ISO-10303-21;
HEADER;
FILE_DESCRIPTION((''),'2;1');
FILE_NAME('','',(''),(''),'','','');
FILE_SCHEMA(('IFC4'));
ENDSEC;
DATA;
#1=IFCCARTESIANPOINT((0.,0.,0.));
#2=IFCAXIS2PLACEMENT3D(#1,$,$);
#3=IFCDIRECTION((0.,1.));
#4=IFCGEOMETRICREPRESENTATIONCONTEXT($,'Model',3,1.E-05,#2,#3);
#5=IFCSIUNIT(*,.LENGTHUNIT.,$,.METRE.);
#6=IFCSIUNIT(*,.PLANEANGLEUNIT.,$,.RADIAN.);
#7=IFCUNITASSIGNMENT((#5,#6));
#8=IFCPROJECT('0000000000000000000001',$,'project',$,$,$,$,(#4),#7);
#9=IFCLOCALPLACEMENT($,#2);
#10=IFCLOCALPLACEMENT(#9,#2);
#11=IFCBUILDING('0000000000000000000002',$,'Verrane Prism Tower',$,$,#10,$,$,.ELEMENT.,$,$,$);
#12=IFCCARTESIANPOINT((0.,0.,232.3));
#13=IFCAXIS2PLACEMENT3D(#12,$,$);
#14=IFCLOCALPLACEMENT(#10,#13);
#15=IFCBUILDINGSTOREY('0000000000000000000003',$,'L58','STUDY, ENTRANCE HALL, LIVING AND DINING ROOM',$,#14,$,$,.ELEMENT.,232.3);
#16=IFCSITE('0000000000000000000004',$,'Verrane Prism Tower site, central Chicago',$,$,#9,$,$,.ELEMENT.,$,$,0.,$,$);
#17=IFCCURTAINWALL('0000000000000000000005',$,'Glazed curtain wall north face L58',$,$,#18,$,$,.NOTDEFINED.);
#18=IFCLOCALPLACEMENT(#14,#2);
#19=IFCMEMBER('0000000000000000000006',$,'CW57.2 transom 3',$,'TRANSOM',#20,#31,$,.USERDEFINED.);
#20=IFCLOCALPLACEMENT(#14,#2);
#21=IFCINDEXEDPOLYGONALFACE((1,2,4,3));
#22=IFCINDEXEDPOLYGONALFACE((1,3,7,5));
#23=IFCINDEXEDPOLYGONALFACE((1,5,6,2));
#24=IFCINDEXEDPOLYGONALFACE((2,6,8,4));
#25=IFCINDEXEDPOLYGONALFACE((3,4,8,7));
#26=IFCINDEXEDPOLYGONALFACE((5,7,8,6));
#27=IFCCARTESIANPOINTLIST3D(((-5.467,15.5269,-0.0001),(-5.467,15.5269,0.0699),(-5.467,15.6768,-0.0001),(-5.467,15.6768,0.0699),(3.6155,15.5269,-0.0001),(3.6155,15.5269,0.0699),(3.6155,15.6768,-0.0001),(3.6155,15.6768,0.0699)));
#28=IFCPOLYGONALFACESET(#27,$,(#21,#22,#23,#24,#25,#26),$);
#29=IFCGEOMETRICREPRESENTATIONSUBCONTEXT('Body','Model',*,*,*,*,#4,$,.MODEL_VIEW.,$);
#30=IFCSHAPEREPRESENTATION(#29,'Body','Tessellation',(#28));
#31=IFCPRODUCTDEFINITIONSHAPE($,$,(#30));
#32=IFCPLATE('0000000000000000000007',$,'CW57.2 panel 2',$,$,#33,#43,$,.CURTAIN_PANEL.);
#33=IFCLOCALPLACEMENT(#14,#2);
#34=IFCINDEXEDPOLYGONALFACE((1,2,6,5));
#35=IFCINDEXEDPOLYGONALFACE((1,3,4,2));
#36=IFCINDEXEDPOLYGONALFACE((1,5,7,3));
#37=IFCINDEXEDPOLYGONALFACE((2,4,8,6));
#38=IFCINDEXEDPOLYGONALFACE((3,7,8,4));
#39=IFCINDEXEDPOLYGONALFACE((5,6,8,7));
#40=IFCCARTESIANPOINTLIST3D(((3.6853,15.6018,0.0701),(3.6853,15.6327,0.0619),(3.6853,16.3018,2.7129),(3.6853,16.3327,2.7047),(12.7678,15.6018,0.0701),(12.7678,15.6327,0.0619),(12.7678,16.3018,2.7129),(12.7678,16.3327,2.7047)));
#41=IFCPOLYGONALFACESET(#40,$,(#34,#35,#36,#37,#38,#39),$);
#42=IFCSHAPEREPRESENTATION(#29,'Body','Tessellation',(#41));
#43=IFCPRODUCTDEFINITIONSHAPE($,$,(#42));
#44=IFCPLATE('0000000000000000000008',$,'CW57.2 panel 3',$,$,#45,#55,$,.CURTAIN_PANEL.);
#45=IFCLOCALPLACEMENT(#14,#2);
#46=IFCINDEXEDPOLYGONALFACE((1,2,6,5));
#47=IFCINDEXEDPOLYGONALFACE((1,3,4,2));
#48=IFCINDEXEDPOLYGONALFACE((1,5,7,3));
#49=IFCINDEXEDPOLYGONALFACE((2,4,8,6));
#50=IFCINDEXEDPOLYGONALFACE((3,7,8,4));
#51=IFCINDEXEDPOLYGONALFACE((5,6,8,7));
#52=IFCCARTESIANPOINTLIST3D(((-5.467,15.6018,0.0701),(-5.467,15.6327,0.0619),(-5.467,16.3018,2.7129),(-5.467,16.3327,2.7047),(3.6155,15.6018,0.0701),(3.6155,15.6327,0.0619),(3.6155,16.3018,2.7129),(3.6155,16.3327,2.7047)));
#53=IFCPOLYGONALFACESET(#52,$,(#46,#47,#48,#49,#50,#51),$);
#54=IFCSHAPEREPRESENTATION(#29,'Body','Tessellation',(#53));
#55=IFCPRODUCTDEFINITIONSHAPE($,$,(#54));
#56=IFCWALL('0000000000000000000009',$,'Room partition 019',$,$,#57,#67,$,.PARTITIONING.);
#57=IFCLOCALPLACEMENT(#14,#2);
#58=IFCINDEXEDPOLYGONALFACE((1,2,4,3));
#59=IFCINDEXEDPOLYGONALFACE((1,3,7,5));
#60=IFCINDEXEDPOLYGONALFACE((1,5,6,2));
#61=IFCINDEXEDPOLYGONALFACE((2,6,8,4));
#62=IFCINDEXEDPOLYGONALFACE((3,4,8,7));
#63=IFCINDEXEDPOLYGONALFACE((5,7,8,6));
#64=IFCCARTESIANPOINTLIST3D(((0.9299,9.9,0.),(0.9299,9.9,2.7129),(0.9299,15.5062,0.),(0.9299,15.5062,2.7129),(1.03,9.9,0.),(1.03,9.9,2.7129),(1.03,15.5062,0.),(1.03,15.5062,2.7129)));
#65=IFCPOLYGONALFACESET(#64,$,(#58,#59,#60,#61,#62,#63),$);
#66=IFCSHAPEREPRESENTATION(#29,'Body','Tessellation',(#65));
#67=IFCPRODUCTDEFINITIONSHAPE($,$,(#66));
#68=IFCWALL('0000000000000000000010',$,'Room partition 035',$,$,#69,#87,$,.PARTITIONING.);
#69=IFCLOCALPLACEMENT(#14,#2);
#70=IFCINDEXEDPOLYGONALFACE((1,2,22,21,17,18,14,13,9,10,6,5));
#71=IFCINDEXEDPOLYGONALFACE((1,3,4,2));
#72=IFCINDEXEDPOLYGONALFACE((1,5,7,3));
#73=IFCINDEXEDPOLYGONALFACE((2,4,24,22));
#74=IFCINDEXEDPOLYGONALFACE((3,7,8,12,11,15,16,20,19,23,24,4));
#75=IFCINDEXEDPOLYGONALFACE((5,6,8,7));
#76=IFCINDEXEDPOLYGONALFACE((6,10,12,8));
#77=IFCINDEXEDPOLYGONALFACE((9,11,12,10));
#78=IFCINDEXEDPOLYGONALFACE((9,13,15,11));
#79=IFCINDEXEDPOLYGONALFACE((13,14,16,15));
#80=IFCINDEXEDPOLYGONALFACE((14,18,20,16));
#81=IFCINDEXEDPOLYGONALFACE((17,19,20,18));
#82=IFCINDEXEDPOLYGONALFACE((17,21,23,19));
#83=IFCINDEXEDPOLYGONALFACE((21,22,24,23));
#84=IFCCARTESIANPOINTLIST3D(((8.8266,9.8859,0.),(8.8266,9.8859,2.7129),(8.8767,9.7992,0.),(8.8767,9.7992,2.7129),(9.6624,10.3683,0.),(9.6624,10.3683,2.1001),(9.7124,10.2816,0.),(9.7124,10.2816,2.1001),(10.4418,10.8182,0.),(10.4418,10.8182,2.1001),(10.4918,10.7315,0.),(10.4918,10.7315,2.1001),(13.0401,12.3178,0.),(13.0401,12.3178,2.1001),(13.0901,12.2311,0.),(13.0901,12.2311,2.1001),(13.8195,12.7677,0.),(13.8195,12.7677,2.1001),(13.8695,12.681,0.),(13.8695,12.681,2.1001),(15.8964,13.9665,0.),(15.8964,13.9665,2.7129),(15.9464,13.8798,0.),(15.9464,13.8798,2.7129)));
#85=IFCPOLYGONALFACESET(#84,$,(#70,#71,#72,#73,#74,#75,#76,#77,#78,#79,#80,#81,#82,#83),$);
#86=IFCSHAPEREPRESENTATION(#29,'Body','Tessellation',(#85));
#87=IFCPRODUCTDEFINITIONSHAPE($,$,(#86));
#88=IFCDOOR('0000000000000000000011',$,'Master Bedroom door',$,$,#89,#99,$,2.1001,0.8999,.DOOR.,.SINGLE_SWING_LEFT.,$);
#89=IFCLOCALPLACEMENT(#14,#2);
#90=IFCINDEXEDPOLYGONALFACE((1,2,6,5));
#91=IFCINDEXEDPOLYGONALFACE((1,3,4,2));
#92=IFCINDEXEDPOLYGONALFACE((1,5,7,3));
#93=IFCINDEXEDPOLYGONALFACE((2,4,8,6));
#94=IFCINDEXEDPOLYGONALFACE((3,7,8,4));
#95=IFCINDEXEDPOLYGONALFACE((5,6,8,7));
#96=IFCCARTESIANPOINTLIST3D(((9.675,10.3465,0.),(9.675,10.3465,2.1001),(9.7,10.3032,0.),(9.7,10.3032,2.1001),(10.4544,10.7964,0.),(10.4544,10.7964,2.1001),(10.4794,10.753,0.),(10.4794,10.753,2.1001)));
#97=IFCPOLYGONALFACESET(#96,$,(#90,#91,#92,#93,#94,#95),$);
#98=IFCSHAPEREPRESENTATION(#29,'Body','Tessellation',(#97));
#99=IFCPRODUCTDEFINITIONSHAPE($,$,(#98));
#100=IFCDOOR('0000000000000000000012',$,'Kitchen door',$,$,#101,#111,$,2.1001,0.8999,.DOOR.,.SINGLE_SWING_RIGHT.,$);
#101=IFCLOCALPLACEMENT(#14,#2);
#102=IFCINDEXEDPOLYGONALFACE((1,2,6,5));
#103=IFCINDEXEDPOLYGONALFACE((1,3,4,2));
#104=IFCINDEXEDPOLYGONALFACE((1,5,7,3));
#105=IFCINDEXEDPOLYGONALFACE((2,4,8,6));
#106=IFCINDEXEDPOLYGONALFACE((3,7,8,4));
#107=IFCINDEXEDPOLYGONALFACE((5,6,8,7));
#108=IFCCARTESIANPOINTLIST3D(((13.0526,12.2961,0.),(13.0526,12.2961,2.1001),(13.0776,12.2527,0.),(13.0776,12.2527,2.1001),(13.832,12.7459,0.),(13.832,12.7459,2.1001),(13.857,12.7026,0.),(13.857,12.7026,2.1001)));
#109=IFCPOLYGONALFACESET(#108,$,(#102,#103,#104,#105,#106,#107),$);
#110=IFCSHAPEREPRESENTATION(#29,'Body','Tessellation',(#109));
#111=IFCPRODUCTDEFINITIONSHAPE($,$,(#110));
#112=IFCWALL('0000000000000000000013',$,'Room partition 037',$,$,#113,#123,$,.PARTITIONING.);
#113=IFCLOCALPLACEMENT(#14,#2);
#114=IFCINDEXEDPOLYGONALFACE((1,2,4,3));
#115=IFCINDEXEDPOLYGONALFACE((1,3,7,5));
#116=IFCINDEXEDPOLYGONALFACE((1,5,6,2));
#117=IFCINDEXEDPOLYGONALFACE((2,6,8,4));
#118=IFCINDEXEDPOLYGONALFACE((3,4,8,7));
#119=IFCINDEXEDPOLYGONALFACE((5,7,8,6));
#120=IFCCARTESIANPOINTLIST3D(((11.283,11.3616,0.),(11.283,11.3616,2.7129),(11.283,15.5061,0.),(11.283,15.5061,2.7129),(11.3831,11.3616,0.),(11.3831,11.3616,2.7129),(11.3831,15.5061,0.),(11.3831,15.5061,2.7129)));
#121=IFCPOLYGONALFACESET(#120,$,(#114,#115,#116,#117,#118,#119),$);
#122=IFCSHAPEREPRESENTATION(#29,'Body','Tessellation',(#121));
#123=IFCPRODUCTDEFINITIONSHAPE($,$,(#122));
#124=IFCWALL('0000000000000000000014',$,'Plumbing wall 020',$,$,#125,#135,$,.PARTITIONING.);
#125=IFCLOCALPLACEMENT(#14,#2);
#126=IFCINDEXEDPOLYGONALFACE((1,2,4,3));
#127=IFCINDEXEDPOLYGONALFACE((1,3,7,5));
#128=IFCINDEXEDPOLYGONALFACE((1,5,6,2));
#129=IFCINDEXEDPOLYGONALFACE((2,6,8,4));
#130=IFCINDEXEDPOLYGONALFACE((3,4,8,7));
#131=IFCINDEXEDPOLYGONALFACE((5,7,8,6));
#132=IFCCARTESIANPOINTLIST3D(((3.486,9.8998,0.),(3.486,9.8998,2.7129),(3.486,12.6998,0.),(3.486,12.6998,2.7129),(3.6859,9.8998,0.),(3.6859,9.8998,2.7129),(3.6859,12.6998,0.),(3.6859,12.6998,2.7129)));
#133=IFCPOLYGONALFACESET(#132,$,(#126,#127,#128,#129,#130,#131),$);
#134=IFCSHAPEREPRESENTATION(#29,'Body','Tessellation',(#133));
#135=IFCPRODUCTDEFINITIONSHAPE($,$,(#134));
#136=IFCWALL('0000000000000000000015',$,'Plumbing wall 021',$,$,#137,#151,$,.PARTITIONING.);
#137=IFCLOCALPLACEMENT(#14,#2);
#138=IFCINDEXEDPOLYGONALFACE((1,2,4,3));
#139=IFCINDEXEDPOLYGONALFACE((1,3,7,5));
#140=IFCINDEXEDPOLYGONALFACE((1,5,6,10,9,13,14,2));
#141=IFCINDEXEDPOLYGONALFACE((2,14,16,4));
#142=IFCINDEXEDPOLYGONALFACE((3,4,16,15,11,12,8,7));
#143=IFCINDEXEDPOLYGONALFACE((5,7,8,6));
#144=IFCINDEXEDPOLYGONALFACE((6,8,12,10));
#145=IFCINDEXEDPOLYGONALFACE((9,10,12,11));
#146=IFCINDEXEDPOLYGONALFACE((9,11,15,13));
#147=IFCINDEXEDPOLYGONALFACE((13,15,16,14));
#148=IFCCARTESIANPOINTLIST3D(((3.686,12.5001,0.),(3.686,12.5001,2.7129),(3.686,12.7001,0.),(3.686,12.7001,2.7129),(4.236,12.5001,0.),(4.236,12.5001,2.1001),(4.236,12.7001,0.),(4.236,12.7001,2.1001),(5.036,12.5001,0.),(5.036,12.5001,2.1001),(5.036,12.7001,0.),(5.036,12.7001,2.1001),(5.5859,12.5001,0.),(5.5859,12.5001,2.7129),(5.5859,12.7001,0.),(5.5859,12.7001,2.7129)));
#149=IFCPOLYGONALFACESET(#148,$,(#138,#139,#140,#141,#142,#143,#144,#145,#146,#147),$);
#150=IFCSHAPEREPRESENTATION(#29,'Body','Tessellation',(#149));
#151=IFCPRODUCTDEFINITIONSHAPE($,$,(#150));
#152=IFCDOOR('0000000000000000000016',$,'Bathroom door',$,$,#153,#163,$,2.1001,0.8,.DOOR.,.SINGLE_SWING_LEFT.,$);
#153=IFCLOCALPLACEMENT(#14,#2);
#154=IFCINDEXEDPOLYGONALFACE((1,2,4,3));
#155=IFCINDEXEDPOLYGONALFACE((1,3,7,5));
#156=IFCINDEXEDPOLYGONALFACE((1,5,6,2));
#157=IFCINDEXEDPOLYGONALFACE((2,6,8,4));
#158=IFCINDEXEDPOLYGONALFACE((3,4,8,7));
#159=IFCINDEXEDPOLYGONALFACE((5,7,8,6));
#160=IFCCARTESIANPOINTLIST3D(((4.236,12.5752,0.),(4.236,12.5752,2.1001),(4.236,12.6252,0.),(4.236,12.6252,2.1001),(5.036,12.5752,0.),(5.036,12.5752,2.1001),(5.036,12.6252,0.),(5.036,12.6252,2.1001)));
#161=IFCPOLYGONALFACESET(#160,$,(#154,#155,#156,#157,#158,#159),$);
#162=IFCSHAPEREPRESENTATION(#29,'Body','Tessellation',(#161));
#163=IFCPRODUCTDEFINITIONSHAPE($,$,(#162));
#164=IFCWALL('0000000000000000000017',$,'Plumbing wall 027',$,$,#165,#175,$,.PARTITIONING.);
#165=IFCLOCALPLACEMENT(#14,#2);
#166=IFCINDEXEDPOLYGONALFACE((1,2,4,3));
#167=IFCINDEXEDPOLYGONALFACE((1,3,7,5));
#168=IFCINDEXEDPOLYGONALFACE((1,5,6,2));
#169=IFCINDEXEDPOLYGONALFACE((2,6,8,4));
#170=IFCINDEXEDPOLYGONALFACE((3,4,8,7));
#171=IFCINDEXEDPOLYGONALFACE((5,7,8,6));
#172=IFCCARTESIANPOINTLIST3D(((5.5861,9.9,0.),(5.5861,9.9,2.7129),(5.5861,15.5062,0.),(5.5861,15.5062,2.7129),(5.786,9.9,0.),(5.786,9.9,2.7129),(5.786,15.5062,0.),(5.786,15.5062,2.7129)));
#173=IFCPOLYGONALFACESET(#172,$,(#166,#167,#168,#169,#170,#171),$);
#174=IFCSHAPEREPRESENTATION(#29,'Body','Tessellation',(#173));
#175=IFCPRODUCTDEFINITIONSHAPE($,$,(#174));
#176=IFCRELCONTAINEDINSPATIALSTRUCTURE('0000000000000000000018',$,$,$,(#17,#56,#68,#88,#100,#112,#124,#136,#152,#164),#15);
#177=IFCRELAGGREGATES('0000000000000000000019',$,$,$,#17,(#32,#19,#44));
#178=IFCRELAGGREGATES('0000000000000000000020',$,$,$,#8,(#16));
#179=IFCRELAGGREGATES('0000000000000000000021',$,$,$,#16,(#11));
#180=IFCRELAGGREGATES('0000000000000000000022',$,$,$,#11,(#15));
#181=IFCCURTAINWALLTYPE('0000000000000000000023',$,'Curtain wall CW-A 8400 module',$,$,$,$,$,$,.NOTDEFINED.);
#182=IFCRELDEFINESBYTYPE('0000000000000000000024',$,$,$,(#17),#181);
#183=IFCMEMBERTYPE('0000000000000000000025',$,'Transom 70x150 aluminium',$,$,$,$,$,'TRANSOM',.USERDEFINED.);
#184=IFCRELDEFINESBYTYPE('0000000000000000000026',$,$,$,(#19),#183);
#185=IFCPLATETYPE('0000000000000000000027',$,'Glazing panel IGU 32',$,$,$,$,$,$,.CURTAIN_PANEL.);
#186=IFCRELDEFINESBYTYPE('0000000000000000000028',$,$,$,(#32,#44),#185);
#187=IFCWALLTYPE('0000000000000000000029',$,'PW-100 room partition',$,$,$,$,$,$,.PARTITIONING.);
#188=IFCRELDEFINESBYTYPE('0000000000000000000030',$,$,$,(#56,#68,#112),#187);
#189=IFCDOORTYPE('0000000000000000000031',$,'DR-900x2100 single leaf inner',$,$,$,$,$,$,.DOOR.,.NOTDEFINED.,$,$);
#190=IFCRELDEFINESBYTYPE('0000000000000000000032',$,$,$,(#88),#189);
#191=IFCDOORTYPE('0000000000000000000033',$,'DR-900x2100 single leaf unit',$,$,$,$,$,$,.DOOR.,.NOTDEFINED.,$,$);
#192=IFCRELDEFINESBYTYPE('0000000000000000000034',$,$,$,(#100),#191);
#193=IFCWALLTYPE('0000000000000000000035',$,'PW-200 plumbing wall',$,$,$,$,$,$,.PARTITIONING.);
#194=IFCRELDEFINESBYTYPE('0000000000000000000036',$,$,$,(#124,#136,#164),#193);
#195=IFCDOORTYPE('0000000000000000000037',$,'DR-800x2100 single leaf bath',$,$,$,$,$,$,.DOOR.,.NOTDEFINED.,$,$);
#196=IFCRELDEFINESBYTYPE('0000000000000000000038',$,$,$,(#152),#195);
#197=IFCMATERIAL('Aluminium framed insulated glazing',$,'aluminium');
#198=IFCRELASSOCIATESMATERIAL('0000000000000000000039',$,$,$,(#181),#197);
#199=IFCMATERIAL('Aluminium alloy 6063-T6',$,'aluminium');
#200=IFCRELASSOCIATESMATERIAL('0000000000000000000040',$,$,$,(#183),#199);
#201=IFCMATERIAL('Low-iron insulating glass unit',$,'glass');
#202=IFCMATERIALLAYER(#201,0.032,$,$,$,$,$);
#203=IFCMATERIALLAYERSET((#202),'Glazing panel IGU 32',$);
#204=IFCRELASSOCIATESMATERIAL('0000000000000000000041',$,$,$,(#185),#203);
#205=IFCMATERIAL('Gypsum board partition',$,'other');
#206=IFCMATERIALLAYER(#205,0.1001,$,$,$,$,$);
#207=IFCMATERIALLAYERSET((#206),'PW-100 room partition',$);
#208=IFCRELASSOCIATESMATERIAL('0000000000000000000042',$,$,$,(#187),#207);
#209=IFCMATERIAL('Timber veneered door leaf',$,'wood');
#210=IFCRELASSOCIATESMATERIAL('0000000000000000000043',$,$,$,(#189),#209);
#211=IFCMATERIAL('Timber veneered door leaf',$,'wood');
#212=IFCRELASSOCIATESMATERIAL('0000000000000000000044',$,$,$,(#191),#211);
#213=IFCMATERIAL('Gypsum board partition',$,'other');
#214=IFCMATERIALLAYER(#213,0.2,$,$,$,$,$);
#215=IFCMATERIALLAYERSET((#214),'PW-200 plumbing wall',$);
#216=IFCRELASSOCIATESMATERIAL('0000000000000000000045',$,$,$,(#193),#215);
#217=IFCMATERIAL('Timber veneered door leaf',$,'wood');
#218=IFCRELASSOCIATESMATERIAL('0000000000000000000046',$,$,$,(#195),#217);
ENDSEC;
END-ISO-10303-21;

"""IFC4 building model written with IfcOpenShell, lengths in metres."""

from ifc_helpers import new_model, si_unit, direction, frame, frame_2d, origin, origin_2d, place, context, subcontext, project, spatial, polyline, rectangle, outline, extrude, material, layer, layer_set, material_profile, profile_set, type_object, element, fill, aggregate, save


model = new_model("IFC4")

# Units and contexts
model_context = context("Model", 3, precision=1e-05, world=origin(), true_north=direction((0.0, 1.0)))
body_context = subcontext(model_context, "Body", "Model", "MODEL_VIEW")
ifc_project = project(units=[si_unit("LENGTHUNIT", "METRE"), si_unit("PLANEANGLEUNIT", "RADIAN")], contexts=[model_context])

# Site, building, storey
site_placement = place(None, origin())
site = spatial("IfcSite", under=ifc_project, at=site_placement, Name="Verrane Prism Tower site, central Chicago", CompositionType="ELEMENT", RefElevation=0.0)
building_placement = place(site_placement, origin())
building = spatial("IfcBuilding", under=site, at=building_placement, Name="Verrane Prism Tower", CompositionType="ELEMENT")
storey_placement = place(building_placement, frame((0.0, 0.0, 232.3)))
storey = spatial("IfcBuildingStorey", under=building, at=storey_placement, Name="L58", Description="STUDY, ENTRANCE HALL, LIVING AND DINING ROOM", CompositionType="ELEMENT", Elevation=232.3)

# Curtain wall
ifc_material_1 = material(Name="Aluminium framed insulated glazing", Category="aluminium")
curtain_wall_type = type_object("IfcCurtainWallType", Name="Curtain wall CW-A 8400 module", PredefinedType="NOTDEFINED", material=ifc_material_1)
curtain_wall_placement = place(storey_placement, origin())
curtain_wall = element("IfcCurtainWall", 1, at=curtain_wall_placement, inside=storey, type_object=curtain_wall_type, Name="Glazed curtain wall north face L58", PredefinedType="NOTDEFINED")

# Member
ifc_material_2 = material(Name="Aluminium alloy 6063-T6", Category="aluminium")
ifc_material_profile_1 = material_profile(ifc_material_2, rectangle(XDim=0.1499, YDim=0.0701, at=origin_2d()), Name="Transom 70x150 aluminium")
ifc_profile_set_1 = profile_set([ifc_material_profile_1], Name="Aluminium alloy 6063-T6")
member_type_1 = type_object("IfcMemberType", Name="Transom 70x150 aluminium", ElementType="TRANSOM", PredefinedType="USERDEFINED", material=ifc_profile_set_1)
member_1_placement = place(storey_placement, frame((3.6155, 15.6018, 0.0349), z_axis=(-1.0, 0.0, 0.0), x_axis=(0.0, -1.0, 0.0)))
member_1 = element("IfcMember", 2, at=member_1_placement, type_object=member_type_1, Name="CW57.2 transom 3", ObjectType="TRANSOM", PredefinedType="USERDEFINED", context=body_context, shape_type="SweptSolid", body=[
    extrude(rectangle(XDim=0.1499, YDim=0.0701, at=origin_2d()), origin(), (0.0, 0.0, 1.0), 9.0825),
])

# Plates
ifc_material_3 = material(Name="Low-iron insulating glass unit", Category="glass")
ifc_layer_1 = layer(ifc_material_3, 0.032)
ifc_layer_set_1 = layer_set([ifc_layer_1], Name="Glazing panel IGU 32")
plate_type = type_object("IfcPlateType", Name="Glazing panel IGU 32", PredefinedType="CURTAIN_PANEL", material=ifc_layer_set_1)
plate_1_placement = place(storey_placement, frame((12.7678, 15.6018, 0.0701), z_axis=(0.0, -0.966671, 0.256023), x_axis=(-1.0, 0.0, 0.0)))
plate_1 = element("IfcPlate", 3, at=plate_1_placement, type_object=plate_type, Name="CW57.2 panel 2", PredefinedType="CURTAIN_PANEL", context=body_context, shape_type="SweptSolid", body=[
    extrude(outline(polyline([(0.0, 0.0), (9.0825, 0.0), (9.0825, -2.7339), (0.0, -2.7339), (0.0, 0.0)])), origin(), (0.0, 0.0, -1.0), 0.032),
])
plate_2_placement = place(storey_placement, frame((3.6155, 15.6018, 0.0701), z_axis=(0.0, -0.966671, 0.256023), x_axis=(-1.0, 0.0, 0.0)))
plate_2 = element("IfcPlate", 4, at=plate_2_placement, type_object=plate_type, Name="CW57.2 panel 3", PredefinedType="CURTAIN_PANEL", context=body_context, shape_type="SweptSolid", body=[
    extrude(outline(polyline([(0.0, 0.0), (9.0825, 0.0), (9.0825, -2.7339), (0.0, -2.7339), (0.0, 0.0)])), origin(), (0.0, 0.0, -1.0), 0.032),
])
aggregate(curtain_wall, [plate_1, member_1, plate_2])

# Wall
ifc_material_4 = material(Name="Gypsum board partition", Category="other")
ifc_layer_2 = layer(ifc_material_4, 0.1001)
ifc_layer_set_2 = layer_set([ifc_layer_2], Name="PW-100 room partition")
wall_type_1 = type_object("IfcWallType", Name="PW-100 room partition", PredefinedType="PARTITIONING", material=ifc_layer_set_2)
wall_1_placement = place(storey_placement, frame((0.98, 9.8999, 0.0), z_axis=(0.0, 0.0, 1.0), x_axis=(0.0, 1.0, 0.0)))
element("IfcWall", 5, at=wall_1_placement, inside=storey, type_object=wall_type_1, Name="Room partition 019", PredefinedType="PARTITIONING", context=body_context, shape_type="SweptSolid", body=[
    extrude(rectangle(XDim=5.6062, YDim=0.1001, at=frame_2d((2.8032, 0.0))), origin(), (0.0, 0.0, 1.0), 2.7129),
])

# Wall, openings, doors
wall_2_placement = place(storey_placement, frame((8.8516, 9.8425, 0.0), z_axis=(0.0, 0.0, 1.0), x_axis=(0.866089, 0.49989, 0.0)))
wall_2 = element("IfcWall", 6, at=wall_2_placement, inside=storey, type_object=wall_type_1, Name="Room partition 035", PredefinedType="PARTITIONING", context=body_context, shape_type="SweptSolid", body=[
    extrude(rectangle(XDim=8.1628, YDim=0.1001, at=frame_2d((4.0815, 0.0))), origin(), (0.0, 0.0, 1.0), 2.7129),
])
opening_1_placement = place(wall_2_placement, frame((4.865, 0.0, 0.0)))
opening_1 = element("IfcOpeningElement", 7, at=opening_1_placement, cuts=wall_2, PredefinedType="OPENING", context=body_context, shape_type="SweptSolid", body=[
    extrude(rectangle(XDim=0.8999, YDim=2.1001, at=frame_2d((0.45, 1.05))), frame((0.0, 0.0601, 0.0), z_axis=(0.0, -1.0, 0.0), x_axis=(1.0, 0.0, 0.0)), (0.0, 0.0, 1.0), 0.1201),
])
opening_2_placement = place(wall_2_placement, frame((0.9651, 0.0, 0.0)))
opening_2 = element("IfcOpeningElement", 8, at=opening_2_placement, cuts=wall_2, PredefinedType="OPENING", context=body_context, shape_type="SweptSolid", body=[
    extrude(rectangle(XDim=0.8999, YDim=2.1001, at=frame_2d((0.45, 1.05))), frame((0.0, 0.0601, 0.0), z_axis=(0.0, -1.0, 0.0), x_axis=(1.0, 0.0, 0.0)), (0.0, 0.0, 1.0), 0.1201),
])
ifc_material_5 = material(Name="Timber veneered door leaf", Category="wood")
door_type_1 = type_object("IfcDoorType", Name="DR-900x2100 single leaf inner", OperationType="NOTDEFINED", PredefinedType="DOOR", material=ifc_material_5)
door_1_placement = place(opening_2_placement, origin())
door_1 = element("IfcDoor", 9, at=door_1_placement, inside=storey, type_object=door_type_1, Name="Master Bedroom door", OperationType="SINGLE_SWING_LEFT", OverallHeight=2.1001, OverallWidth=0.8999, PredefinedType="DOOR", context=body_context, shape_type="SweptSolid", body=[
    extrude(rectangle(XDim=0.8999, YDim=2.1001, at=frame_2d((0.45, 1.05))), frame((0.0, 0.0249, 0.0), z_axis=(0.0, -1.0, 0.0), x_axis=(1.0, 0.0, 0.0)), (0.0, 0.0, 1.0), 0.05),
])
fill(opening_2, door_1)
ifc_material_6 = material(Name="Timber veneered door leaf", Category="wood")
door_type_2 = type_object("IfcDoorType", Name="DR-900x2100 single leaf unit", OperationType="NOTDEFINED", PredefinedType="DOOR", material=ifc_material_6)
door_2_placement = place(opening_1_placement, origin())
door_2 = element("IfcDoor", 10, at=door_2_placement, inside=storey, type_object=door_type_2, Name="Kitchen door", OperationType="SINGLE_SWING_RIGHT", OverallHeight=2.1001, OverallWidth=0.8999, PredefinedType="DOOR", context=body_context, shape_type="SweptSolid", body=[
    extrude(rectangle(XDim=0.8999, YDim=2.1001, at=frame_2d((0.45, 1.05))), frame((0.0, 0.0249, 0.0), z_axis=(0.0, -1.0, 0.0), x_axis=(1.0, 0.0, 0.0)), (0.0, 0.0, 1.0), 0.05),
])
fill(opening_1, door_2)

# Walls
wall_3_placement = place(storey_placement, frame((11.333, 11.3616, 0.0), z_axis=(0.0, 0.0, 1.0), x_axis=(0.0, 1.0, 0.0)))
element("IfcWall", 11, at=wall_3_placement, inside=storey, type_object=wall_type_1, Name="Room partition 037", PredefinedType="PARTITIONING", context=body_context, shape_type="SweptSolid", body=[
    extrude(rectangle(XDim=4.1445, YDim=0.1001, at=frame_2d((2.0723, 0.0))), origin(), (0.0, 0.0, 1.0), 2.7129),
])
ifc_material_7 = material(Name="Gypsum board partition", Category="other")
ifc_layer_3 = layer(ifc_material_7, 0.2)
ifc_layer_set_3 = layer_set([ifc_layer_3], Name="PW-200 plumbing wall")
wall_type_2 = type_object("IfcWallType", Name="PW-200 plumbing wall", PredefinedType="PARTITIONING", material=ifc_layer_set_3)
wall_4_placement = place(storey_placement, frame((3.5859, 9.8999, 0.0), z_axis=(0.0, 0.0, 1.0), x_axis=(0.0, 1.0, 0.0)))
element("IfcWall", 12, at=wall_4_placement, inside=storey, type_object=wall_type_2, Name="Plumbing wall 020", PredefinedType="PARTITIONING", context=body_context, shape_type="SweptSolid", body=[
    extrude(rectangle(XDim=2.8, YDim=0.2, at=frame_2d((1.3999, 0.0))), origin(), (0.0, 0.0, 1.0), 2.7129),
])

# Wall, opening, door
wall_5_placement = place(storey_placement, frame((5.5859, 12.6001, 0.0), z_axis=(0.0, 0.0, 1.0), x_axis=(-1.0, 0.0, 0.0)))
wall_5 = element("IfcWall", 13, at=wall_5_placement, inside=storey, type_object=wall_type_2, Name="Plumbing wall 021", PredefinedType="PARTITIONING", context=body_context, shape_type="SweptSolid", body=[
    extrude(rectangle(XDim=1.8999, YDim=0.2, at=frame_2d((0.95, 0.0))), origin(), (0.0, 0.0, 1.0), 2.7129),
])
opening_3_placement = place(wall_5_placement, frame((0.55, 0.0, 0.0)))
opening_3 = element("IfcOpeningElement", 14, at=opening_3_placement, cuts=wall_5, PredefinedType="OPENING", context=body_context, shape_type="SweptSolid", body=[
    extrude(rectangle(XDim=0.8, YDim=2.1001, at=frame_2d((0.3999, 1.05))), frame((0.0, 0.1099, 0.0), z_axis=(0.0, -1.0, 0.0), x_axis=(1.0, 0.0, 0.0)), (0.0, 0.0, 1.0), 0.22),
])
ifc_material_8 = material(Name="Timber veneered door leaf", Category="wood")
door_type_3 = type_object("IfcDoorType", Name="DR-800x2100 single leaf bath", OperationType="NOTDEFINED", PredefinedType="DOOR", material=ifc_material_8)
door_3_placement = place(opening_3_placement, origin())
door_3 = element("IfcDoor", 15, at=door_3_placement, inside=storey, type_object=door_type_3, Name="Bathroom door", OperationType="SINGLE_SWING_LEFT", OverallHeight=2.1001, OverallWidth=0.8, PredefinedType="DOOR", context=body_context, shape_type="SweptSolid", body=[
    extrude(rectangle(XDim=0.8, YDim=2.1001, at=frame_2d((0.3999, 1.05))), frame((0.0, 0.0249, 0.0), z_axis=(0.0, -1.0, 0.0), x_axis=(1.0, 0.0, 0.0)), (0.0, 0.0, 1.0), 0.05),
])
fill(opening_3, door_3)

# Wall
wall_6_placement = place(storey_placement, frame((5.686, 9.8999, 0.0), z_axis=(0.0, 0.0, 1.0), x_axis=(0.0, 1.0, 0.0)))
element("IfcWall", 16, at=wall_6_placement, inside=storey, type_object=wall_type_2, Name="Plumbing wall 027", PredefinedType="PARTITIONING", context=body_context, shape_type="SweptSolid", body=[
    extrude(rectangle(XDim=5.6062, YDim=0.2, at=frame_2d((2.8032, 0.0))), origin(), (0.0, 0.0, 1.0), 2.7129),
])

save(model, "model.ifc")
